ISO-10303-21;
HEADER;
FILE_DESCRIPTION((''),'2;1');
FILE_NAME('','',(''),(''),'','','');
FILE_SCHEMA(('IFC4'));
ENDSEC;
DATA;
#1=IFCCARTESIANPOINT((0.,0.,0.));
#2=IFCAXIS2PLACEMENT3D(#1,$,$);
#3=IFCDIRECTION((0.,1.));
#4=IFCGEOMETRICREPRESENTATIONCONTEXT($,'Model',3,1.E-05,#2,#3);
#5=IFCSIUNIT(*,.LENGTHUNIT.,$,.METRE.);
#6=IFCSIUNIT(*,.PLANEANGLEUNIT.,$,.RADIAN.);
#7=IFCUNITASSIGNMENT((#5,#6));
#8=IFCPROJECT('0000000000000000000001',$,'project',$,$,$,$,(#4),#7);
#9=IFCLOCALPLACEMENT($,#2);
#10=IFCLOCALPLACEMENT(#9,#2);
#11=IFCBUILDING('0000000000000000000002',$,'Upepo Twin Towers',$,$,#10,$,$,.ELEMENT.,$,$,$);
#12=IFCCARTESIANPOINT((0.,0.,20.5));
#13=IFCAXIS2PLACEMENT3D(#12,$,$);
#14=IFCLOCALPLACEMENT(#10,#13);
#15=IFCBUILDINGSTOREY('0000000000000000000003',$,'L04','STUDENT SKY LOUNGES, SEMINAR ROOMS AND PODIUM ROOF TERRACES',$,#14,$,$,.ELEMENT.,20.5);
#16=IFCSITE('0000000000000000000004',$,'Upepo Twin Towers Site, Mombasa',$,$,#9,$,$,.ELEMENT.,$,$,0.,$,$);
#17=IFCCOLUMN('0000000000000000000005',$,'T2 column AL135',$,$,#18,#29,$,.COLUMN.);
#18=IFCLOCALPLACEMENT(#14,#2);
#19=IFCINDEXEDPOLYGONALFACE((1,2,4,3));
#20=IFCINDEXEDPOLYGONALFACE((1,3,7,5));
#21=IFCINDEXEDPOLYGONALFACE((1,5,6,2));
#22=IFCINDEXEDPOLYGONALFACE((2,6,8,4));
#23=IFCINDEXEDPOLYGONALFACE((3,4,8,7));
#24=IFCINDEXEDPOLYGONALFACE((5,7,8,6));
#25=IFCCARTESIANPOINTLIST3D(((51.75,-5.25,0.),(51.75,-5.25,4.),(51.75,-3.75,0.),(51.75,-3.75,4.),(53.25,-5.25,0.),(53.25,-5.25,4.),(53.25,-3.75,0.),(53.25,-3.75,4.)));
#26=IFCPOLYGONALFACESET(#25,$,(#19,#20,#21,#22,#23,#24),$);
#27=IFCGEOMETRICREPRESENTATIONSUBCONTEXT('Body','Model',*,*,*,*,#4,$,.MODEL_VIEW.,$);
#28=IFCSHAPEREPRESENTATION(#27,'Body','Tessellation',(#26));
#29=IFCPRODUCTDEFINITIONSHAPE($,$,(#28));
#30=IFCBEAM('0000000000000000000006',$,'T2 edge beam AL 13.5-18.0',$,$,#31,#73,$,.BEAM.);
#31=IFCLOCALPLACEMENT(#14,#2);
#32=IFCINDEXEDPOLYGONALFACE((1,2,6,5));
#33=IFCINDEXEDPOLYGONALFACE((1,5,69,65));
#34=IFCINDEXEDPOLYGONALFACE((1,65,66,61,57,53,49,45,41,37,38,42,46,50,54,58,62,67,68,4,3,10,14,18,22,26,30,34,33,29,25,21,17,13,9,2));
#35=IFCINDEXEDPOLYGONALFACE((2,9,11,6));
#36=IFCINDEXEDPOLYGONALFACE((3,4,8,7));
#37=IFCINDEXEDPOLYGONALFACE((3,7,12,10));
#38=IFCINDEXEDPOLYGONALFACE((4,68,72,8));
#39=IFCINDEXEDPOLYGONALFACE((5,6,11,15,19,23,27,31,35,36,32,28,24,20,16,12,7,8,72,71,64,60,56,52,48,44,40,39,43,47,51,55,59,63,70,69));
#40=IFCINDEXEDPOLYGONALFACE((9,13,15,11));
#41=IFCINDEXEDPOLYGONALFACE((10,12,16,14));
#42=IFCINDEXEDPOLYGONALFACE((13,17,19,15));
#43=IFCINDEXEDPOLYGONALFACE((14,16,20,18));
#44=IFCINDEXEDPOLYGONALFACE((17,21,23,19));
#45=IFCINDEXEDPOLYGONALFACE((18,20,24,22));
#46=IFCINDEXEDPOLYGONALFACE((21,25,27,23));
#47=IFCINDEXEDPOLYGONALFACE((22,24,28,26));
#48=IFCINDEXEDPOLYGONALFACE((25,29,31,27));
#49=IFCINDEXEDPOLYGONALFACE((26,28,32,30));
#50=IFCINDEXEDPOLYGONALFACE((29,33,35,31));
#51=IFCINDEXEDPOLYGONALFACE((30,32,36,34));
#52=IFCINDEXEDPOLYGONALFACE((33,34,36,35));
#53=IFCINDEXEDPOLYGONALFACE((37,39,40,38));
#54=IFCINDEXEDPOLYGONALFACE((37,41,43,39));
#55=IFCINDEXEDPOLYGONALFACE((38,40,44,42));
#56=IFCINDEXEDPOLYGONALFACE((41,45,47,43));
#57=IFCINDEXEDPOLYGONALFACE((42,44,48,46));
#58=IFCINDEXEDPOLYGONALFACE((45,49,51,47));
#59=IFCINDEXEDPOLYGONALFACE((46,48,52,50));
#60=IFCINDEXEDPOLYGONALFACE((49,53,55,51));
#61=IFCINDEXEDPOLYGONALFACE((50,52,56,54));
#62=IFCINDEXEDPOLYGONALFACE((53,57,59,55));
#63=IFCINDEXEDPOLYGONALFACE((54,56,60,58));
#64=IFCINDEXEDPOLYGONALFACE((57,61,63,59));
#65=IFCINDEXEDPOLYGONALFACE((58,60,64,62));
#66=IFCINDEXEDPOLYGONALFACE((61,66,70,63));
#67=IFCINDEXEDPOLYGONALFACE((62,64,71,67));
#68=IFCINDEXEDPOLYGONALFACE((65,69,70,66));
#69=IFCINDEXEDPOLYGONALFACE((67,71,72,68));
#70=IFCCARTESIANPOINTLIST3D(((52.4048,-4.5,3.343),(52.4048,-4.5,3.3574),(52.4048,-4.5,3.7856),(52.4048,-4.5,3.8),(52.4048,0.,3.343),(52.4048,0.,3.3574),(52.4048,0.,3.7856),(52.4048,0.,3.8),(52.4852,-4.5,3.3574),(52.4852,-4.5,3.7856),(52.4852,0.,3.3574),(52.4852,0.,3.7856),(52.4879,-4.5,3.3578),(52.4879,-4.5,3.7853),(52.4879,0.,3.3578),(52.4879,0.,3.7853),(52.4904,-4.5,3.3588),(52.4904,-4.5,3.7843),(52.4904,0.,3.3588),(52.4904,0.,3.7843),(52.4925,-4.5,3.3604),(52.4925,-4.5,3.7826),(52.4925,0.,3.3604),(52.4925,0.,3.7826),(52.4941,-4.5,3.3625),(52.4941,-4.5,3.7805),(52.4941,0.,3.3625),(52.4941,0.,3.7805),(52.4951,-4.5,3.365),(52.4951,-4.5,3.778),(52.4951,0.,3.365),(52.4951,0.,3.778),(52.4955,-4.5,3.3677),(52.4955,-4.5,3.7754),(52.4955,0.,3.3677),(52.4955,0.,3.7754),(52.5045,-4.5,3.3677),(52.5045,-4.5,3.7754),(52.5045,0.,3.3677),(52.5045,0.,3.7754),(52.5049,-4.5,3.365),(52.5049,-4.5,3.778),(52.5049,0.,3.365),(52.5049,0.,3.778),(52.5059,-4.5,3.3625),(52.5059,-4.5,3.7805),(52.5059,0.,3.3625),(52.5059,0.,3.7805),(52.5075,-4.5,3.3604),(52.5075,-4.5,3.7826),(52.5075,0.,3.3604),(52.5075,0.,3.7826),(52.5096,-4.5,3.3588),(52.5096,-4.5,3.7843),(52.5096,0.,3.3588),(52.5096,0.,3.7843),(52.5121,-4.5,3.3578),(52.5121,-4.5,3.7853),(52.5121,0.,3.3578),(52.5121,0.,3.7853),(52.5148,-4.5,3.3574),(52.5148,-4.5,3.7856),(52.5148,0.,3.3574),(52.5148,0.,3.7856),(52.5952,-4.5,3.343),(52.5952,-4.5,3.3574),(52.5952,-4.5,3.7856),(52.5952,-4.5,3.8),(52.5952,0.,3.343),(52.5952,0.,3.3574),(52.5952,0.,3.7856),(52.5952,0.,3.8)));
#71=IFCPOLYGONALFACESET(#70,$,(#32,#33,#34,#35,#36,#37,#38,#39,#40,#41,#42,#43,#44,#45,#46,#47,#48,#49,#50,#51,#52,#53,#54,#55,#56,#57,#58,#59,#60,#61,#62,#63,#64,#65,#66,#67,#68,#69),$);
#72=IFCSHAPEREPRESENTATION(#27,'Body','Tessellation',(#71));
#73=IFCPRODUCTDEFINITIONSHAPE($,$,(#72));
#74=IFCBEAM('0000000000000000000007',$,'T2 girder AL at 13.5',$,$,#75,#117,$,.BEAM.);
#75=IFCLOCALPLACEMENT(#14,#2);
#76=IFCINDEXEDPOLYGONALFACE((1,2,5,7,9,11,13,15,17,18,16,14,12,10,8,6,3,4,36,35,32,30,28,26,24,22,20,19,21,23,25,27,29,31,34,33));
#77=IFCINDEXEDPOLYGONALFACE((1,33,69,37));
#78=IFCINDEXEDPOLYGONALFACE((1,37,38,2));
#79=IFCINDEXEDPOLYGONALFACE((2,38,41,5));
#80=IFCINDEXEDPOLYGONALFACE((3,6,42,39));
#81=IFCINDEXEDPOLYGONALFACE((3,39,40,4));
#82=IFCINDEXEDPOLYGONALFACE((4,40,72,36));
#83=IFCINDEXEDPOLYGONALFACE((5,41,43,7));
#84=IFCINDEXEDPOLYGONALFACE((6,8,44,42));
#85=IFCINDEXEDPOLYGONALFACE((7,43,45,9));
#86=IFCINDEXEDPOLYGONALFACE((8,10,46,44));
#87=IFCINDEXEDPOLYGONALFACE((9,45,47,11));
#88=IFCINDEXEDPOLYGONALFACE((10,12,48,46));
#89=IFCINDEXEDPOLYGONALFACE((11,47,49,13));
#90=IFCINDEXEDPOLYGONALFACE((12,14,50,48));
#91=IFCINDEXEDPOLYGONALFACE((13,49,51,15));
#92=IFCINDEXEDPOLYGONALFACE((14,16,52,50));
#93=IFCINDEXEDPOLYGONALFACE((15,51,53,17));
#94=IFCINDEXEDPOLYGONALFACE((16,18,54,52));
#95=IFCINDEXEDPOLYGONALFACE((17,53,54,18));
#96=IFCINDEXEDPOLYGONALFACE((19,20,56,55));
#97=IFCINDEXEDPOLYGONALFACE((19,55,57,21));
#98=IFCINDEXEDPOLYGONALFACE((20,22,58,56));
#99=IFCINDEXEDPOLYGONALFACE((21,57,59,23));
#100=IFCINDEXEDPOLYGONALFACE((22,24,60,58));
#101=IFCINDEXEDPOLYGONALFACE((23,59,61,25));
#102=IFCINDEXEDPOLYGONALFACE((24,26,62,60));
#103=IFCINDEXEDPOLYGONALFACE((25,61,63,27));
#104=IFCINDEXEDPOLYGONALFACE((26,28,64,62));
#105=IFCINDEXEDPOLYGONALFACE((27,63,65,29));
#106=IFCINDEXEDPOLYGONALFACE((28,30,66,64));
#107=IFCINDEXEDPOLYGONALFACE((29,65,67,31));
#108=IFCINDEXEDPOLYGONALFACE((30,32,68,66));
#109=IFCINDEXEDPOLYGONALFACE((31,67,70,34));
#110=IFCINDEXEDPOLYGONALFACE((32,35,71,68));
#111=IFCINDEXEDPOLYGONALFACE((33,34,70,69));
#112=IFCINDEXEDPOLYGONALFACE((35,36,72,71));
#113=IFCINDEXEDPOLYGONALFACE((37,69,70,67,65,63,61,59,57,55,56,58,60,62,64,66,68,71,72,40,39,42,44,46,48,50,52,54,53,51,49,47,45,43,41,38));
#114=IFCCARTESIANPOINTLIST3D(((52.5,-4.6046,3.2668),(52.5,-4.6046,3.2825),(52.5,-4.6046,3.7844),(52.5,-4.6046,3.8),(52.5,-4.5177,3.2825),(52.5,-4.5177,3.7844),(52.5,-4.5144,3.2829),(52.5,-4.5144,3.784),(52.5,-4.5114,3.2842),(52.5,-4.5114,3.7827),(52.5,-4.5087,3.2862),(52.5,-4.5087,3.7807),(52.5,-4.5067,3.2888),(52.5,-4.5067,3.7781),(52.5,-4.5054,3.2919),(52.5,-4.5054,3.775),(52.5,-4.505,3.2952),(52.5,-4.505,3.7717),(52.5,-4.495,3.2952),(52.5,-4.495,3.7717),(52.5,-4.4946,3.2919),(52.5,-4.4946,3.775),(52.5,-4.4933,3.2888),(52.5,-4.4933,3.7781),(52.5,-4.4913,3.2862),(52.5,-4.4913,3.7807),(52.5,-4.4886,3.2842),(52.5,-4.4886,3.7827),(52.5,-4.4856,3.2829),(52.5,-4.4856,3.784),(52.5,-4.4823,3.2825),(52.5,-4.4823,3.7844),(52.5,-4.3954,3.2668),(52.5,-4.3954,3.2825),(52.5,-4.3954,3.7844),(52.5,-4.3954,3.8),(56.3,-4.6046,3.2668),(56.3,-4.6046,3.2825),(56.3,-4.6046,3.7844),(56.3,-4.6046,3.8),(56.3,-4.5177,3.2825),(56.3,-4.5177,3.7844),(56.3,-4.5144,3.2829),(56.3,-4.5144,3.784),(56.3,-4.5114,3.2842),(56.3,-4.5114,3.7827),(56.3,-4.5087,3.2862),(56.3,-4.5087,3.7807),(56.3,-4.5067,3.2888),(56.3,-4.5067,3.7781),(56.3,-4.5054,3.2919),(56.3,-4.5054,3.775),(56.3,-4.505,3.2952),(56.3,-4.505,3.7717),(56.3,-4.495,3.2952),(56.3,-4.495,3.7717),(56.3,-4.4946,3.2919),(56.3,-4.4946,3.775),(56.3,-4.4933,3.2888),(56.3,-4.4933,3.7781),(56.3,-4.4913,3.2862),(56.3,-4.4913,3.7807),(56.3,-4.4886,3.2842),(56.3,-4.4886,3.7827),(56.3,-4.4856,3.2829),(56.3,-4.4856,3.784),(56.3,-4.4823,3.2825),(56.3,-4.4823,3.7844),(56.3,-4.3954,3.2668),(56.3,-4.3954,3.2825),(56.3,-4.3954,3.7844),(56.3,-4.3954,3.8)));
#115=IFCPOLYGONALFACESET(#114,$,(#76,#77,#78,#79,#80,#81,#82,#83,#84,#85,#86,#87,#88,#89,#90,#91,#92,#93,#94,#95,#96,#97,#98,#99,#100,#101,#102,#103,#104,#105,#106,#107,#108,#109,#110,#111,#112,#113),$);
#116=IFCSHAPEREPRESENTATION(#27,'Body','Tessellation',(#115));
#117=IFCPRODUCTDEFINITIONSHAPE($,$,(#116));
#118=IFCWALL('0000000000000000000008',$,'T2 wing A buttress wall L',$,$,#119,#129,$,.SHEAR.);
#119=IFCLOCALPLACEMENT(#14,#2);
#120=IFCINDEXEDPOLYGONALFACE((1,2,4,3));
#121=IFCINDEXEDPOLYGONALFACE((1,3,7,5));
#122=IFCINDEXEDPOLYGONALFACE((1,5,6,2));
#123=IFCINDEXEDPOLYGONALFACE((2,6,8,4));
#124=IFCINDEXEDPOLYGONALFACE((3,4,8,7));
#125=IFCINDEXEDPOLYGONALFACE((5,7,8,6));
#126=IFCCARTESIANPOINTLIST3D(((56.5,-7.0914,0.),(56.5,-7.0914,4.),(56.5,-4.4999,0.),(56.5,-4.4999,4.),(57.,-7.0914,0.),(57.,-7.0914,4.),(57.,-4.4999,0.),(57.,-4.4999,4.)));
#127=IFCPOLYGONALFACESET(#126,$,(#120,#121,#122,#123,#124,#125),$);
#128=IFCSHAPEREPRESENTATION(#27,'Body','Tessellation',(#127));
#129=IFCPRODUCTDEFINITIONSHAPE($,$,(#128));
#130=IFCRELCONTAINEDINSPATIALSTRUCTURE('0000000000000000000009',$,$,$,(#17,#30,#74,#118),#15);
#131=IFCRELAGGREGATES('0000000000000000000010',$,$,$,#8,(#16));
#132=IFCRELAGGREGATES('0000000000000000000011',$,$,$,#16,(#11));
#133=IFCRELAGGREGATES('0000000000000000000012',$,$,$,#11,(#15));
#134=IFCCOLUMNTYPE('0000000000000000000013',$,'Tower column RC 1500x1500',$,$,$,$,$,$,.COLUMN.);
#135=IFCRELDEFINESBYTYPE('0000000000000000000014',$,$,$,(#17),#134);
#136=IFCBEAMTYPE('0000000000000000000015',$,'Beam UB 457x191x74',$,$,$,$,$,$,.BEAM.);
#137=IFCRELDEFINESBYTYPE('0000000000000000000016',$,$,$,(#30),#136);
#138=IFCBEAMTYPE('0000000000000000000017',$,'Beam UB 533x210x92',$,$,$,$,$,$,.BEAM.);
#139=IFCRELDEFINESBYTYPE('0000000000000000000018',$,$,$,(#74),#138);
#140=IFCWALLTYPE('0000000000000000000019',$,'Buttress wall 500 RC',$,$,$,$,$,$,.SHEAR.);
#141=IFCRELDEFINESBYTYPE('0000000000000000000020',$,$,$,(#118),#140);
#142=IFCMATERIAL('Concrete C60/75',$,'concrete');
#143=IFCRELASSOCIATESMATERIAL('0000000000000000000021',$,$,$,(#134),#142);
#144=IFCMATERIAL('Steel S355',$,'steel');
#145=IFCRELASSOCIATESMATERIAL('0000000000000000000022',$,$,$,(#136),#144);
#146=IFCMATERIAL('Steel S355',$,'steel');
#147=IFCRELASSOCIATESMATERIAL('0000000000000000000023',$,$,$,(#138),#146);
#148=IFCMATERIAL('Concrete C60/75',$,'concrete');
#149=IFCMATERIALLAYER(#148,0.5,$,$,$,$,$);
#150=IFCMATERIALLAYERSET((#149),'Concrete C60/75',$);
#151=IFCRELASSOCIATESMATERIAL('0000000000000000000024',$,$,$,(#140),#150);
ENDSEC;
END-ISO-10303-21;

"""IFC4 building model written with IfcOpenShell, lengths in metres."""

from ifc_helpers import new_model, si_unit, direction, frame, frame_2d, origin, origin_2d, place, context, subcontext, project, spatial, rectangle, i_section, extrude, material, layer, layer_set, material_profile, profile_set, type_object, element, save


model = new_model("IFC4")

# Units and contexts
model_context = context("Model", 3, precision=1e-05, world=origin(), true_north=direction((0.0, 1.0)))
body_context = subcontext(model_context, "Body", "Model", "MODEL_VIEW")
ifc_project = project(units=[si_unit("LENGTHUNIT", "METRE"), si_unit("PLANEANGLEUNIT", "RADIAN")], contexts=[model_context])

# Site, building, storey
site_placement = place(None, origin())
site = spatial("IfcSite", under=ifc_project, at=site_placement, Name="Upepo Twin Towers Site, Mombasa", CompositionType="ELEMENT", RefElevation=0.0)
building_placement = place(site_placement, origin())
building = spatial("IfcBuilding", under=site, at=building_placement, Name="Upepo Twin Towers", CompositionType="ELEMENT")
storey_placement = place(building_placement, frame((0.0, 0.0, 20.5)))
storey = spatial("IfcBuildingStorey", under=building, at=storey_placement, Name="L04", Description="STUDENT SKY LOUNGES, SEMINAR ROOMS AND PODIUM ROOF TERRACES", CompositionType="ELEMENT", Elevation=20.5)

# Column
ifc_material_1 = material(Name="Concrete C60/75", Category="concrete")
ifc_material_profile_1 = material_profile(ifc_material_1, rectangle(XDim=1.5, YDim=1.5, at=origin_2d()), Name="RC 1500x1500")
ifc_profile_set_1 = profile_set([ifc_material_profile_1], Name="Concrete C60/75")
column_type = type_object("IfcColumnType", Name="Tower column RC 1500x1500", PredefinedType="COLUMN", material=ifc_profile_set_1)
column_placement = place(storey_placement, frame((52.5, -4.5, 0.0), z_axis=(0.0, 0.0, 1.0), x_axis=(1.0, 0.0, 0.0)))
element("IfcColumn", 1, at=column_placement, inside=storey, type_object=column_type, Name="T2 column AL135", PredefinedType="COLUMN", context=body_context, shape_type="SweptSolid", body=[
    extrude(rectangle(XDim=1.5, YDim=1.5, at=origin_2d()), origin(), (0.0, 0.0, 1.0), 4.0),
])

# Beams
ifc_material_2 = material(Name="Steel S355", Category="steel")
ifc_material_profile_2 = material_profile(ifc_material_2, i_section(OverallWidth=0.1904, OverallDepth=0.457, WebThickness=0.009, FlangeThickness=0.0144, FilletRadius=0.0103, at=origin_2d()), Name="UB 457x191x74")
ifc_profile_set_2 = profile_set([ifc_material_profile_2], Name="Steel S355")
beam_type_1 = type_object("IfcBeamType", Name="Beam UB 457x191x74", PredefinedType="BEAM", material=ifc_profile_set_2)
beam_1_placement = place(storey_placement, frame((52.5, -4.5, 3.5715), z_axis=(0.0, 1.0, 0.0), x_axis=(-1.0, 0.0, 0.0)))
element("IfcBeam", 2, at=beam_1_placement, inside=storey, type_object=beam_type_1, Name="T2 edge beam AL 13.5-18.0", PredefinedType="BEAM", context=body_context, shape_type="SweptSolid", body=[
    extrude(i_section(OverallWidth=0.1904, OverallDepth=0.457, WebThickness=0.009, FlangeThickness=0.0144, FilletRadius=0.0103, at=origin_2d()), origin(), (0.0, 0.0, 1.0), 4.5),
])
ifc_material_3 = material(Name="Steel S355", Category="steel")
ifc_material_profile_3 = material_profile(ifc_material_3, i_section(OverallWidth=0.2092, OverallDepth=0.5332, WebThickness=0.01, FlangeThickness=0.0156, FilletRadius=0.0127, at=origin_2d()), Name="UB 533x210x92")
ifc_profile_set_3 = profile_set([ifc_material_profile_3], Name="Steel S355")
beam_type_2 = type_object("IfcBeamType", Name="Beam UB 533x210x92", PredefinedType="BEAM", material=ifc_profile_set_3)
beam_2_placement = place(storey_placement, frame((52.5, -4.5, 3.5334), z_axis=(1.0, 0.0, 0.0), x_axis=(0.0, 1.0, 0.0)))
element("IfcBeam", 3, at=beam_2_placement, inside=storey, type_object=beam_type_2, Name="T2 girder AL at 13.5", PredefinedType="BEAM", context=body_context, shape_type="SweptSolid", body=[
    extrude(i_section(OverallWidth=0.2092, OverallDepth=0.5332, WebThickness=0.01, FlangeThickness=0.0156, FilletRadius=0.0127, at=origin_2d()), origin(), (0.0, 0.0, 1.0), 3.8),
])

# Wall
ifc_material_4 = material(Name="Concrete C60/75", Category="concrete")
ifc_layer_1 = layer(ifc_material_4, 0.5)
ifc_layer_set_1 = layer_set([ifc_layer_1], Name="Concrete C60/75")
wall_type_1 = type_object("IfcWallType", Name="Buttress wall 500 RC", PredefinedType="SHEAR", material=ifc_layer_set_1)
wall_1_placement = place(storey_placement, frame((56.75, -7.0916, 0.0), z_axis=(0.0, 0.0, 1.0), x_axis=(0.0, 1.0, 0.0)))
element("IfcWall", 4, at=wall_1_placement, inside=storey, type_object=wall_type_1, Name="T2 wing A buttress wall L", PredefinedType="SHEAR", context=body_context, shape_type="SweptSolid", body=[
    extrude(rectangle(XDim=2.5916, YDim=0.5, at=frame_2d((1.2959, 0.0))), origin(), (0.0, 0.0, 1.0), 4.0),
])

save(model, "model.ifc")
